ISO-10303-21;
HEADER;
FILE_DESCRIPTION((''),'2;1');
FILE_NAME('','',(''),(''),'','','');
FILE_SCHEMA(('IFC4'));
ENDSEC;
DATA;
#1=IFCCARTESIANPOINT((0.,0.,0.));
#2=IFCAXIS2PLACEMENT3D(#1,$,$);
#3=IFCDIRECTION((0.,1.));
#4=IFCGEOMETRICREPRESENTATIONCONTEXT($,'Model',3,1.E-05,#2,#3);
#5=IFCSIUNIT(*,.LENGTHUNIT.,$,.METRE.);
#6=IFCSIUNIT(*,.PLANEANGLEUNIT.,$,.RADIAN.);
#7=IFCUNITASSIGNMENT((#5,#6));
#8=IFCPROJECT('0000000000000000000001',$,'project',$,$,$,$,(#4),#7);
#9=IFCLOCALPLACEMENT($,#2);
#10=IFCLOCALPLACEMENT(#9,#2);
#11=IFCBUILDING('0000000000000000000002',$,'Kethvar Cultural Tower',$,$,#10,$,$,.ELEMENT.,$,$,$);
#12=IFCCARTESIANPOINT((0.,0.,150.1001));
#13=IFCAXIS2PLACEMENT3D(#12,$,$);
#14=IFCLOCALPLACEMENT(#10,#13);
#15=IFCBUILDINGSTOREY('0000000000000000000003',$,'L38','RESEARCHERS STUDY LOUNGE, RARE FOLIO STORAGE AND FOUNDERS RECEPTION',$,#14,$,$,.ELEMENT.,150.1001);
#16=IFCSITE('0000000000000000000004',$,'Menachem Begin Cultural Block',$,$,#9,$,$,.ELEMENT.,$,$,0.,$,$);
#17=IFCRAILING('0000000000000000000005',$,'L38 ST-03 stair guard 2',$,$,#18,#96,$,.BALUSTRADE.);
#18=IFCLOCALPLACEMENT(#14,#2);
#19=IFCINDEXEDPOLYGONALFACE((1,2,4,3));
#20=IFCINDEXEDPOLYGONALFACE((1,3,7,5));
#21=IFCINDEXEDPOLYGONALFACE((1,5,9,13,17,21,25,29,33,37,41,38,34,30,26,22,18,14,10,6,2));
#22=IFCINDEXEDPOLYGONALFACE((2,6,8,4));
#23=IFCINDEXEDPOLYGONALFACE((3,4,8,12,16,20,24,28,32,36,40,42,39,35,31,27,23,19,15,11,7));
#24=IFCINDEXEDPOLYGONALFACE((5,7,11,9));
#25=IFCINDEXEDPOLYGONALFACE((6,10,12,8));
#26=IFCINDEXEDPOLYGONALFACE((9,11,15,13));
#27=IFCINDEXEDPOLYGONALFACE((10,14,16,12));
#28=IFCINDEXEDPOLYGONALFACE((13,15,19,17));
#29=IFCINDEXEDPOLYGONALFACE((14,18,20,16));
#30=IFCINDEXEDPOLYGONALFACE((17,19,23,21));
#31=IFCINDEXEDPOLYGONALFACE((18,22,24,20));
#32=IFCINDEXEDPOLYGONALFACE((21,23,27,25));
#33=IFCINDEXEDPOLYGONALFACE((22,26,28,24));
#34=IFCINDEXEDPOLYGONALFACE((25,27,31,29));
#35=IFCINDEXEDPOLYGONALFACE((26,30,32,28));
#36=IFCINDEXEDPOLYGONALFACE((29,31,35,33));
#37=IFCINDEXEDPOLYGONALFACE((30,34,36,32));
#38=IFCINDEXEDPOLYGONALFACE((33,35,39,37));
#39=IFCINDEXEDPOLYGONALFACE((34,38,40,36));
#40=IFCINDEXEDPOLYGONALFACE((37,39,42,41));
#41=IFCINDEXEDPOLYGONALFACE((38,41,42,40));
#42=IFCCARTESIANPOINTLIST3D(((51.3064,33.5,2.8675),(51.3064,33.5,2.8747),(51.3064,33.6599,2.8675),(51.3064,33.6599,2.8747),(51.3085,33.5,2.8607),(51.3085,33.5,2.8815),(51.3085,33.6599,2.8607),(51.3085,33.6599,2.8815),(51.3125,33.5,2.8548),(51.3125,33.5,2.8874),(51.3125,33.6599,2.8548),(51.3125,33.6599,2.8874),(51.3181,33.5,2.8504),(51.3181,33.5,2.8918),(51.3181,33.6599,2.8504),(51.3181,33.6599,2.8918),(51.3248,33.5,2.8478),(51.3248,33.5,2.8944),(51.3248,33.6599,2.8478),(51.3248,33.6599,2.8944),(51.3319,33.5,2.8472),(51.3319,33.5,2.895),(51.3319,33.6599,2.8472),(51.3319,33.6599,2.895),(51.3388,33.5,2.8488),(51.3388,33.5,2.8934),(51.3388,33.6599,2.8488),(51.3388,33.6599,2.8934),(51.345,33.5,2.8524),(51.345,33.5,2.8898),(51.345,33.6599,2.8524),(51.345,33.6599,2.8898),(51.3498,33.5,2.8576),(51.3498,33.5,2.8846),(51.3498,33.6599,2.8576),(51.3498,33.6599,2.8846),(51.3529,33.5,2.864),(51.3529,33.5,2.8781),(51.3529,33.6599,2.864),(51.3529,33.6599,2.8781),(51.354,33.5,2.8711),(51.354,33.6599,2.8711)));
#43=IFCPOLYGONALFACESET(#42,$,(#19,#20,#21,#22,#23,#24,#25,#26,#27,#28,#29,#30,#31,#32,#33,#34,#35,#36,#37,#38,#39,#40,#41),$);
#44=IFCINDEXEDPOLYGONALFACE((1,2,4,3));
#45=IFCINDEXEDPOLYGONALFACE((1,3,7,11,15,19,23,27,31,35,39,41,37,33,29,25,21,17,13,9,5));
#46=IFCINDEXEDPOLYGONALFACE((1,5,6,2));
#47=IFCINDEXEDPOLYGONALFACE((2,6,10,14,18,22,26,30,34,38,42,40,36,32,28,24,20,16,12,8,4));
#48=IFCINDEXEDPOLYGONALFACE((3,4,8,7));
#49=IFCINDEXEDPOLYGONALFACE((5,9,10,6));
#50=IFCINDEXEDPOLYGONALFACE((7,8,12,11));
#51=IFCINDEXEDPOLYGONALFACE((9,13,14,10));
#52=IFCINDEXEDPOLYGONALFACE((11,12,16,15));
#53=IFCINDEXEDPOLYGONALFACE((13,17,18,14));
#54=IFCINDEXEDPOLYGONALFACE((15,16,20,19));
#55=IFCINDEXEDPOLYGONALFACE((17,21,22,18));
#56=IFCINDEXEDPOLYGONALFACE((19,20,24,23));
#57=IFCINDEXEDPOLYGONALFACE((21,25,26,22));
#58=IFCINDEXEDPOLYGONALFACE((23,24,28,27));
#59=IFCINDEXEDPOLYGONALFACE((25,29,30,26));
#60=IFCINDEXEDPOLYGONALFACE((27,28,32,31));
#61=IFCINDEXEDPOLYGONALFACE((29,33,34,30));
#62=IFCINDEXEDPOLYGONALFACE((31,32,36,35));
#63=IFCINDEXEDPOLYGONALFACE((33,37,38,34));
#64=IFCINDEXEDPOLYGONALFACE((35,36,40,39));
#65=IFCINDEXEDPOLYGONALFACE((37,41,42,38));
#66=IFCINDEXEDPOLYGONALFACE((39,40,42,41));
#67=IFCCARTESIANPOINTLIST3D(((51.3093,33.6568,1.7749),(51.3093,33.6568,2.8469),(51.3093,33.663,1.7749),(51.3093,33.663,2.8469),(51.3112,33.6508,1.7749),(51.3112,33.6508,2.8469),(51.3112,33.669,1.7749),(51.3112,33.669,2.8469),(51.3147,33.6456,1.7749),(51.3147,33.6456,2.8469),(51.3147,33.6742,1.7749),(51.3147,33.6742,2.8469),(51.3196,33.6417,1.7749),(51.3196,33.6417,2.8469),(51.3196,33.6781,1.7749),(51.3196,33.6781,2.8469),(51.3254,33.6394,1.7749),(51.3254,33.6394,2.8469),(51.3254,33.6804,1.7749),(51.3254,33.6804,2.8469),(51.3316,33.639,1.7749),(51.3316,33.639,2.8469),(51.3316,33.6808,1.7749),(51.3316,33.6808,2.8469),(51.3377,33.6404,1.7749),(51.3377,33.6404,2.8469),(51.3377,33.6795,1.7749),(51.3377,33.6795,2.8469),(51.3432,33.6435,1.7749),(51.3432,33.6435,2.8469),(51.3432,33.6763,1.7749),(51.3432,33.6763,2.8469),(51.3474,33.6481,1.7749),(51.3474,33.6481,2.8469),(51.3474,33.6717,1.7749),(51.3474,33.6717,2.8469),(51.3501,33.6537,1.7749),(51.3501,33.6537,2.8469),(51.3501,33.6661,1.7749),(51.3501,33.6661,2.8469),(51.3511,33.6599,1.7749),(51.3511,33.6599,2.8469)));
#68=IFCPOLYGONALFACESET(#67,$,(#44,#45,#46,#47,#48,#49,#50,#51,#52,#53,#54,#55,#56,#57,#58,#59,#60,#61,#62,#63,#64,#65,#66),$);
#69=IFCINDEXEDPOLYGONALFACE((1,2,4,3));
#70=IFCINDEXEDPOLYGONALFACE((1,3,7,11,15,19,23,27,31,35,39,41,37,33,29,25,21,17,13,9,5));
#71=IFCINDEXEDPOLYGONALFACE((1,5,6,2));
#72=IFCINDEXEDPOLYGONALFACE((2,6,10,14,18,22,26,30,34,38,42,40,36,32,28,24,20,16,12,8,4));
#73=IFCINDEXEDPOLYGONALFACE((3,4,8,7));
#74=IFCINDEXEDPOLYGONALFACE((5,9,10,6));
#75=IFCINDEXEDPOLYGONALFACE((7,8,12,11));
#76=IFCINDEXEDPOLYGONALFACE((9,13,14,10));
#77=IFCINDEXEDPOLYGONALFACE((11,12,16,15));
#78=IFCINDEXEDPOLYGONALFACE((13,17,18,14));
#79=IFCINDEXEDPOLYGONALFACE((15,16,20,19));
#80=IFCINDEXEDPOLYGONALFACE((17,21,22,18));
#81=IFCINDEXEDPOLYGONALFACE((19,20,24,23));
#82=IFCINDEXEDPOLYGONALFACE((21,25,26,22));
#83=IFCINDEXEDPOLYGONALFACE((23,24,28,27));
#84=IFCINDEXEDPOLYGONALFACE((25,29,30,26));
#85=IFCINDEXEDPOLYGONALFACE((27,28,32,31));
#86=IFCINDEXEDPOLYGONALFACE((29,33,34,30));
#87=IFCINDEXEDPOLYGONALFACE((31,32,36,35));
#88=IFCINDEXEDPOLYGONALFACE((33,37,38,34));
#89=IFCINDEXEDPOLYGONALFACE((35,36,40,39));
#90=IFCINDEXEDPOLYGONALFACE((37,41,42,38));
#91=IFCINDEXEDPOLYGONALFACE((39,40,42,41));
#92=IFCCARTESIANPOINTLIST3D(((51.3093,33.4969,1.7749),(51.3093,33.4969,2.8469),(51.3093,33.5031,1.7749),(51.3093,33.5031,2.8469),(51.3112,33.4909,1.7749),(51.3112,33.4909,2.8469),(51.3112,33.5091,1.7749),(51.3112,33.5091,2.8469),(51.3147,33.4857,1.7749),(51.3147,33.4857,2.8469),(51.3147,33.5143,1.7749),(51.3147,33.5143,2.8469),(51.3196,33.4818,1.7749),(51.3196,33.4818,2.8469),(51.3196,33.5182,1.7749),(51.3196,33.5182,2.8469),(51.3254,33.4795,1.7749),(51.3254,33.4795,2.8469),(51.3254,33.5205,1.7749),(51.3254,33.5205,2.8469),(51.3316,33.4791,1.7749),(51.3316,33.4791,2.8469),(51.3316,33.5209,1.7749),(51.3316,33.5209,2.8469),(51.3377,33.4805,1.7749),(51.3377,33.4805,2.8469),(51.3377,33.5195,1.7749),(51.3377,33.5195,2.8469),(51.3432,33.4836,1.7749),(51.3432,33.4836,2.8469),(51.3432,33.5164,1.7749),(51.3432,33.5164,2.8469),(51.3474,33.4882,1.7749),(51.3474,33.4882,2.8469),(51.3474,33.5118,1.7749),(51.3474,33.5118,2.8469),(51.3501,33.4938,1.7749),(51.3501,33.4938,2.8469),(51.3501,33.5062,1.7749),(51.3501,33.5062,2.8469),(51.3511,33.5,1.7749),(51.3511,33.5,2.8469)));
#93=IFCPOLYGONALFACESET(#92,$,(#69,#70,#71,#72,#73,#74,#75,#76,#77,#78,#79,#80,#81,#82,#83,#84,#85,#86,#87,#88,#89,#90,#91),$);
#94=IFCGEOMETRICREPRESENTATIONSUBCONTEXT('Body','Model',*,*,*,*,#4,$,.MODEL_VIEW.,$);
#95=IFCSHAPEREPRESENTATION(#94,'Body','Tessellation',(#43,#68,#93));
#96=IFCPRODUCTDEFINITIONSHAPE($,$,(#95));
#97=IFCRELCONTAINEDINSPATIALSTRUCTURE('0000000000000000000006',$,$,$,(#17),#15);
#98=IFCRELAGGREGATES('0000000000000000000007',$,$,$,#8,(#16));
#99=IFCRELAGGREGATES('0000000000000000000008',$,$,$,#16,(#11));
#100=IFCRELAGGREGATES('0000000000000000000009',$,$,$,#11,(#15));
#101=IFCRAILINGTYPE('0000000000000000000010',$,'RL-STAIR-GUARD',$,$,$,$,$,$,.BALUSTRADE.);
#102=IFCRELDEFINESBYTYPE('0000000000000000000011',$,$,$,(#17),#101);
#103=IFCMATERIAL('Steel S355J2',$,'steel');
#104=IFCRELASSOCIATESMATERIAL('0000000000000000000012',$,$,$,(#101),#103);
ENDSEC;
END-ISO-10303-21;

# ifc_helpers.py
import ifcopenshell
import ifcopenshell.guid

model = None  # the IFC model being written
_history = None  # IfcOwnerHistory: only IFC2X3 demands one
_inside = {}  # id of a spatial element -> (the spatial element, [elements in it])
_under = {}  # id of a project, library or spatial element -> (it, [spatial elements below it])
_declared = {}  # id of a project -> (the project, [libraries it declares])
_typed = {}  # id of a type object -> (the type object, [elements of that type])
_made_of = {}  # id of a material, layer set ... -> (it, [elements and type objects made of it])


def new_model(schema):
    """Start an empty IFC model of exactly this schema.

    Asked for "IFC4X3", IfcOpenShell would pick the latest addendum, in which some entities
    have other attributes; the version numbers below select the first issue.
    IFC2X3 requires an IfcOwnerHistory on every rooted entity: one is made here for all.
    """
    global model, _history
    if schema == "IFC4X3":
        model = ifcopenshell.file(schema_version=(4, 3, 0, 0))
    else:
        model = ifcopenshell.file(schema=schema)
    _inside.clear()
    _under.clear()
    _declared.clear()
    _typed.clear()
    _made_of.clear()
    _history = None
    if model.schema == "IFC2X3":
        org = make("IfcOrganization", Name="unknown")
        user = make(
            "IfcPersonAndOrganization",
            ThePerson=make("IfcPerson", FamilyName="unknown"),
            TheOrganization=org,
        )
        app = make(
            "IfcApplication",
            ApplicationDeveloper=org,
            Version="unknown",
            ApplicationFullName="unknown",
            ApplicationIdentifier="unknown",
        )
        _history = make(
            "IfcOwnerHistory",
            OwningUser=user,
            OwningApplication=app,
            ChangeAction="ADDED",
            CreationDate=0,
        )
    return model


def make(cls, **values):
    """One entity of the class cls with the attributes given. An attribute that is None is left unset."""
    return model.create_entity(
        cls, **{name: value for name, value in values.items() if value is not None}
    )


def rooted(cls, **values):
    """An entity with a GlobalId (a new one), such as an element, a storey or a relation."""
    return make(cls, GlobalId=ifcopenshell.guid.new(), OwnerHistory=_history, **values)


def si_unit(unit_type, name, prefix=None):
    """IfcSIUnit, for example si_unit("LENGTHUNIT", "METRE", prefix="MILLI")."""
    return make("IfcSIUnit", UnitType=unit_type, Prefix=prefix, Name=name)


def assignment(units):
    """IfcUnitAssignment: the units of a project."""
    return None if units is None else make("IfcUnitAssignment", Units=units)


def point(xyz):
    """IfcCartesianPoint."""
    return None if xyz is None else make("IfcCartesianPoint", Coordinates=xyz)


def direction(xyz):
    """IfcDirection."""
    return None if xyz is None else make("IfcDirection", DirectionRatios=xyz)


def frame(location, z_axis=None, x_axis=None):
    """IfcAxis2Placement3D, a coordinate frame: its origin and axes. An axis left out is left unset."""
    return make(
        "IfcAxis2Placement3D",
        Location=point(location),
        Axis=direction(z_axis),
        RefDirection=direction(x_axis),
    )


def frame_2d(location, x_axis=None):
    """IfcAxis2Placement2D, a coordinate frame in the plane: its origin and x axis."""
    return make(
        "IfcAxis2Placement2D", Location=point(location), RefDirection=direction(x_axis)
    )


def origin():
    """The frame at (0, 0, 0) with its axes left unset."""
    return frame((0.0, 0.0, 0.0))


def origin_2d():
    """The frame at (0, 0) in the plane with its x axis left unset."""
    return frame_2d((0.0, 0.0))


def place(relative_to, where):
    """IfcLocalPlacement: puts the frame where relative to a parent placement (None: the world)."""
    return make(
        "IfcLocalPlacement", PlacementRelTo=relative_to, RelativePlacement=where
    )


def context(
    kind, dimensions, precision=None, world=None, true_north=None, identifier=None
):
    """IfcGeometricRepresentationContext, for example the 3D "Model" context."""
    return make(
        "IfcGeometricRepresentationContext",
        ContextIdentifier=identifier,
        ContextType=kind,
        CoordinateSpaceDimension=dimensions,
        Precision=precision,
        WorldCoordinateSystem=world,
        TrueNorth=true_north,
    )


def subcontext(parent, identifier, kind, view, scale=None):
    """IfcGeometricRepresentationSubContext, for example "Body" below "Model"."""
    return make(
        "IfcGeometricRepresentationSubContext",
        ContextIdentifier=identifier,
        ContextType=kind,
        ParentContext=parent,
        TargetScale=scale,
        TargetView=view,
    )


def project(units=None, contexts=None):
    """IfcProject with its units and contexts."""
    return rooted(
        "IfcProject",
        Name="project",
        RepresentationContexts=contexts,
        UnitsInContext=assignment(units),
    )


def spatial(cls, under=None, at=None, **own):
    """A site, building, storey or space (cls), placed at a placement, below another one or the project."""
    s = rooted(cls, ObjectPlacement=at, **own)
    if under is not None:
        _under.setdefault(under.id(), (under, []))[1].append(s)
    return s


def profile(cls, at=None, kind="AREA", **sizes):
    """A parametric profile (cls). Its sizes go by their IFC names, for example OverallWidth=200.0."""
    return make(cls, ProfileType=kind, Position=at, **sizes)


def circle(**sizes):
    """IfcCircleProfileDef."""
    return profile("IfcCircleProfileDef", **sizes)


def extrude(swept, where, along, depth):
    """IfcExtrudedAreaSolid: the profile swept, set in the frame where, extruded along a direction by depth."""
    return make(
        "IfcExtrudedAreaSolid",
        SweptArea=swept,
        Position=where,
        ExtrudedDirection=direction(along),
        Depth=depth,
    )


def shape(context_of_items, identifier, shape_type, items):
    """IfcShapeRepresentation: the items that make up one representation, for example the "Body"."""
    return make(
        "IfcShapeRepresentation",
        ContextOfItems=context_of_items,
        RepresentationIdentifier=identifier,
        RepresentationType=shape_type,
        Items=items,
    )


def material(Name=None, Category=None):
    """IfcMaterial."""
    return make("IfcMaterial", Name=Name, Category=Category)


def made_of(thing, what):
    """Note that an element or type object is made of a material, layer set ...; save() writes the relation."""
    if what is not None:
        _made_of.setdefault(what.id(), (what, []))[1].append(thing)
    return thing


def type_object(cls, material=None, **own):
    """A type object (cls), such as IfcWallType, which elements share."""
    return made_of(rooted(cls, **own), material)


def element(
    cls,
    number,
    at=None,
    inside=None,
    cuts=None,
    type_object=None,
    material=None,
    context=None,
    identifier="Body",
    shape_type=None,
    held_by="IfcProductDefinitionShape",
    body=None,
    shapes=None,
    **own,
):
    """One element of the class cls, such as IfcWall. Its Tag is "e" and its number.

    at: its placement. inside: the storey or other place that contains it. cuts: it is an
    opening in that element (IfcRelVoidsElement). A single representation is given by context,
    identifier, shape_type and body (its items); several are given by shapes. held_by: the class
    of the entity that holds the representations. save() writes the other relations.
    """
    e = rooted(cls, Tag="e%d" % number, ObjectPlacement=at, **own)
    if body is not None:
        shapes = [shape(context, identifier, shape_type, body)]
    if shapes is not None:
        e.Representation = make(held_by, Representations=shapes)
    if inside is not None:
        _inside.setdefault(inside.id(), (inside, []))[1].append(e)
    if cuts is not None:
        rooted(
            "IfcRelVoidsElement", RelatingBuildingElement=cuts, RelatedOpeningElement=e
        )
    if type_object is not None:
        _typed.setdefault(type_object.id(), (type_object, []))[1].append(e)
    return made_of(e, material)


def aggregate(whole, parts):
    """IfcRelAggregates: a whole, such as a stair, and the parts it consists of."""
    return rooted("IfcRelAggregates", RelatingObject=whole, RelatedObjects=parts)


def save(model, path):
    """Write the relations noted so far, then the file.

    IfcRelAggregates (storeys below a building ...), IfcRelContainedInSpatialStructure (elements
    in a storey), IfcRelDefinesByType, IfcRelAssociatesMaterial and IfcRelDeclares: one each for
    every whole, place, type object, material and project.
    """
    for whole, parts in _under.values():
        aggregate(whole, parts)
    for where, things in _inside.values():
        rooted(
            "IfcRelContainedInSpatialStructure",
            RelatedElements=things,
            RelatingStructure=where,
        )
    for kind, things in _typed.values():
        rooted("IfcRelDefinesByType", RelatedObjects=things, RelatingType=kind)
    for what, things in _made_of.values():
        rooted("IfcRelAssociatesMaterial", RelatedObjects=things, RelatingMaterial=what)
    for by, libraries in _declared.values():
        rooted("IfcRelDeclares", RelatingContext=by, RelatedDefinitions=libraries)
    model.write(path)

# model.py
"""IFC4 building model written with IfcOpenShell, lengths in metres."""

from ifc_helpers import new_model, si_unit, direction, frame, origin, origin_2d, place, context, subcontext, project, spatial, circle, extrude, material, type_object, element, save


model = new_model("IFC4")

# Units and contexts
model_context = context("Model", 3, precision=1e-05, world=origin(), true_north=direction((0.0, 1.0)))
body_context = subcontext(model_context, "Body", "Model", "MODEL_VIEW")
ifc_project = project(units=[si_unit("LENGTHUNIT", "METRE"), si_unit("PLANEANGLEUNIT", "RADIAN")], contexts=[model_context])

# Site, building, storey
site_placement = place(None, origin())
site = spatial("IfcSite", under=ifc_project, at=site_placement, Name="Menachem Begin Cultural Block", CompositionType="ELEMENT", RefElevation=0.0)
building_placement = place(site_placement, origin())
building = spatial("IfcBuilding", under=site, at=building_placement, Name="Kethvar Cultural Tower", CompositionType="ELEMENT")
storey_placement = place(building_placement, frame((0.0, 0.0, 150.1001)))
storey = spatial("IfcBuildingStorey", under=building, at=storey_placement, Name="L38", Description="RESEARCHERS STUDY LOUNGE, RARE FOLIO STORAGE AND FOUNDERS RECEPTION", CompositionType="ELEMENT", Elevation=150.1001)

# Shared definitions
ifc_material_1 = material(Name="Steel S355J2", Category="steel")

# Railing
railing_type_1 = type_object("IfcRailingType", Name="RL-STAIR-GUARD", PredefinedType="BALUSTRADE", material=ifc_material_1)
railing_1_placement = place(storey_placement, frame((51.3301, 33.6599, 1.7749)))
element("IfcRailing", 1, at=railing_1_placement, inside=storey, type_object=railing_type_1, Name="L38 ST-03 stair guard 2", PredefinedType="BALUSTRADE", context=body_context, shape_type="SweptSolid", body=[
    extrude(circle(Radius=0.0239, at=origin_2d()), frame((0.0, 0.0, 1.0962), z_axis=(0.0, -1.0, 0.0), x_axis=(1.0, 0.0, 0.0)), (0.0, 0.0, 1.0), 0.1599),
    extrude(circle(Radius=0.021, at=origin_2d()), origin(), (0.0, 0.0, 1.0), 1.072),
    extrude(circle(Radius=0.021, at=origin_2d()), frame((0.0, -0.1599, 0.0)), (0.0, 0.0, 1.0), 1.072),
])

save(model, "model.ifc")
